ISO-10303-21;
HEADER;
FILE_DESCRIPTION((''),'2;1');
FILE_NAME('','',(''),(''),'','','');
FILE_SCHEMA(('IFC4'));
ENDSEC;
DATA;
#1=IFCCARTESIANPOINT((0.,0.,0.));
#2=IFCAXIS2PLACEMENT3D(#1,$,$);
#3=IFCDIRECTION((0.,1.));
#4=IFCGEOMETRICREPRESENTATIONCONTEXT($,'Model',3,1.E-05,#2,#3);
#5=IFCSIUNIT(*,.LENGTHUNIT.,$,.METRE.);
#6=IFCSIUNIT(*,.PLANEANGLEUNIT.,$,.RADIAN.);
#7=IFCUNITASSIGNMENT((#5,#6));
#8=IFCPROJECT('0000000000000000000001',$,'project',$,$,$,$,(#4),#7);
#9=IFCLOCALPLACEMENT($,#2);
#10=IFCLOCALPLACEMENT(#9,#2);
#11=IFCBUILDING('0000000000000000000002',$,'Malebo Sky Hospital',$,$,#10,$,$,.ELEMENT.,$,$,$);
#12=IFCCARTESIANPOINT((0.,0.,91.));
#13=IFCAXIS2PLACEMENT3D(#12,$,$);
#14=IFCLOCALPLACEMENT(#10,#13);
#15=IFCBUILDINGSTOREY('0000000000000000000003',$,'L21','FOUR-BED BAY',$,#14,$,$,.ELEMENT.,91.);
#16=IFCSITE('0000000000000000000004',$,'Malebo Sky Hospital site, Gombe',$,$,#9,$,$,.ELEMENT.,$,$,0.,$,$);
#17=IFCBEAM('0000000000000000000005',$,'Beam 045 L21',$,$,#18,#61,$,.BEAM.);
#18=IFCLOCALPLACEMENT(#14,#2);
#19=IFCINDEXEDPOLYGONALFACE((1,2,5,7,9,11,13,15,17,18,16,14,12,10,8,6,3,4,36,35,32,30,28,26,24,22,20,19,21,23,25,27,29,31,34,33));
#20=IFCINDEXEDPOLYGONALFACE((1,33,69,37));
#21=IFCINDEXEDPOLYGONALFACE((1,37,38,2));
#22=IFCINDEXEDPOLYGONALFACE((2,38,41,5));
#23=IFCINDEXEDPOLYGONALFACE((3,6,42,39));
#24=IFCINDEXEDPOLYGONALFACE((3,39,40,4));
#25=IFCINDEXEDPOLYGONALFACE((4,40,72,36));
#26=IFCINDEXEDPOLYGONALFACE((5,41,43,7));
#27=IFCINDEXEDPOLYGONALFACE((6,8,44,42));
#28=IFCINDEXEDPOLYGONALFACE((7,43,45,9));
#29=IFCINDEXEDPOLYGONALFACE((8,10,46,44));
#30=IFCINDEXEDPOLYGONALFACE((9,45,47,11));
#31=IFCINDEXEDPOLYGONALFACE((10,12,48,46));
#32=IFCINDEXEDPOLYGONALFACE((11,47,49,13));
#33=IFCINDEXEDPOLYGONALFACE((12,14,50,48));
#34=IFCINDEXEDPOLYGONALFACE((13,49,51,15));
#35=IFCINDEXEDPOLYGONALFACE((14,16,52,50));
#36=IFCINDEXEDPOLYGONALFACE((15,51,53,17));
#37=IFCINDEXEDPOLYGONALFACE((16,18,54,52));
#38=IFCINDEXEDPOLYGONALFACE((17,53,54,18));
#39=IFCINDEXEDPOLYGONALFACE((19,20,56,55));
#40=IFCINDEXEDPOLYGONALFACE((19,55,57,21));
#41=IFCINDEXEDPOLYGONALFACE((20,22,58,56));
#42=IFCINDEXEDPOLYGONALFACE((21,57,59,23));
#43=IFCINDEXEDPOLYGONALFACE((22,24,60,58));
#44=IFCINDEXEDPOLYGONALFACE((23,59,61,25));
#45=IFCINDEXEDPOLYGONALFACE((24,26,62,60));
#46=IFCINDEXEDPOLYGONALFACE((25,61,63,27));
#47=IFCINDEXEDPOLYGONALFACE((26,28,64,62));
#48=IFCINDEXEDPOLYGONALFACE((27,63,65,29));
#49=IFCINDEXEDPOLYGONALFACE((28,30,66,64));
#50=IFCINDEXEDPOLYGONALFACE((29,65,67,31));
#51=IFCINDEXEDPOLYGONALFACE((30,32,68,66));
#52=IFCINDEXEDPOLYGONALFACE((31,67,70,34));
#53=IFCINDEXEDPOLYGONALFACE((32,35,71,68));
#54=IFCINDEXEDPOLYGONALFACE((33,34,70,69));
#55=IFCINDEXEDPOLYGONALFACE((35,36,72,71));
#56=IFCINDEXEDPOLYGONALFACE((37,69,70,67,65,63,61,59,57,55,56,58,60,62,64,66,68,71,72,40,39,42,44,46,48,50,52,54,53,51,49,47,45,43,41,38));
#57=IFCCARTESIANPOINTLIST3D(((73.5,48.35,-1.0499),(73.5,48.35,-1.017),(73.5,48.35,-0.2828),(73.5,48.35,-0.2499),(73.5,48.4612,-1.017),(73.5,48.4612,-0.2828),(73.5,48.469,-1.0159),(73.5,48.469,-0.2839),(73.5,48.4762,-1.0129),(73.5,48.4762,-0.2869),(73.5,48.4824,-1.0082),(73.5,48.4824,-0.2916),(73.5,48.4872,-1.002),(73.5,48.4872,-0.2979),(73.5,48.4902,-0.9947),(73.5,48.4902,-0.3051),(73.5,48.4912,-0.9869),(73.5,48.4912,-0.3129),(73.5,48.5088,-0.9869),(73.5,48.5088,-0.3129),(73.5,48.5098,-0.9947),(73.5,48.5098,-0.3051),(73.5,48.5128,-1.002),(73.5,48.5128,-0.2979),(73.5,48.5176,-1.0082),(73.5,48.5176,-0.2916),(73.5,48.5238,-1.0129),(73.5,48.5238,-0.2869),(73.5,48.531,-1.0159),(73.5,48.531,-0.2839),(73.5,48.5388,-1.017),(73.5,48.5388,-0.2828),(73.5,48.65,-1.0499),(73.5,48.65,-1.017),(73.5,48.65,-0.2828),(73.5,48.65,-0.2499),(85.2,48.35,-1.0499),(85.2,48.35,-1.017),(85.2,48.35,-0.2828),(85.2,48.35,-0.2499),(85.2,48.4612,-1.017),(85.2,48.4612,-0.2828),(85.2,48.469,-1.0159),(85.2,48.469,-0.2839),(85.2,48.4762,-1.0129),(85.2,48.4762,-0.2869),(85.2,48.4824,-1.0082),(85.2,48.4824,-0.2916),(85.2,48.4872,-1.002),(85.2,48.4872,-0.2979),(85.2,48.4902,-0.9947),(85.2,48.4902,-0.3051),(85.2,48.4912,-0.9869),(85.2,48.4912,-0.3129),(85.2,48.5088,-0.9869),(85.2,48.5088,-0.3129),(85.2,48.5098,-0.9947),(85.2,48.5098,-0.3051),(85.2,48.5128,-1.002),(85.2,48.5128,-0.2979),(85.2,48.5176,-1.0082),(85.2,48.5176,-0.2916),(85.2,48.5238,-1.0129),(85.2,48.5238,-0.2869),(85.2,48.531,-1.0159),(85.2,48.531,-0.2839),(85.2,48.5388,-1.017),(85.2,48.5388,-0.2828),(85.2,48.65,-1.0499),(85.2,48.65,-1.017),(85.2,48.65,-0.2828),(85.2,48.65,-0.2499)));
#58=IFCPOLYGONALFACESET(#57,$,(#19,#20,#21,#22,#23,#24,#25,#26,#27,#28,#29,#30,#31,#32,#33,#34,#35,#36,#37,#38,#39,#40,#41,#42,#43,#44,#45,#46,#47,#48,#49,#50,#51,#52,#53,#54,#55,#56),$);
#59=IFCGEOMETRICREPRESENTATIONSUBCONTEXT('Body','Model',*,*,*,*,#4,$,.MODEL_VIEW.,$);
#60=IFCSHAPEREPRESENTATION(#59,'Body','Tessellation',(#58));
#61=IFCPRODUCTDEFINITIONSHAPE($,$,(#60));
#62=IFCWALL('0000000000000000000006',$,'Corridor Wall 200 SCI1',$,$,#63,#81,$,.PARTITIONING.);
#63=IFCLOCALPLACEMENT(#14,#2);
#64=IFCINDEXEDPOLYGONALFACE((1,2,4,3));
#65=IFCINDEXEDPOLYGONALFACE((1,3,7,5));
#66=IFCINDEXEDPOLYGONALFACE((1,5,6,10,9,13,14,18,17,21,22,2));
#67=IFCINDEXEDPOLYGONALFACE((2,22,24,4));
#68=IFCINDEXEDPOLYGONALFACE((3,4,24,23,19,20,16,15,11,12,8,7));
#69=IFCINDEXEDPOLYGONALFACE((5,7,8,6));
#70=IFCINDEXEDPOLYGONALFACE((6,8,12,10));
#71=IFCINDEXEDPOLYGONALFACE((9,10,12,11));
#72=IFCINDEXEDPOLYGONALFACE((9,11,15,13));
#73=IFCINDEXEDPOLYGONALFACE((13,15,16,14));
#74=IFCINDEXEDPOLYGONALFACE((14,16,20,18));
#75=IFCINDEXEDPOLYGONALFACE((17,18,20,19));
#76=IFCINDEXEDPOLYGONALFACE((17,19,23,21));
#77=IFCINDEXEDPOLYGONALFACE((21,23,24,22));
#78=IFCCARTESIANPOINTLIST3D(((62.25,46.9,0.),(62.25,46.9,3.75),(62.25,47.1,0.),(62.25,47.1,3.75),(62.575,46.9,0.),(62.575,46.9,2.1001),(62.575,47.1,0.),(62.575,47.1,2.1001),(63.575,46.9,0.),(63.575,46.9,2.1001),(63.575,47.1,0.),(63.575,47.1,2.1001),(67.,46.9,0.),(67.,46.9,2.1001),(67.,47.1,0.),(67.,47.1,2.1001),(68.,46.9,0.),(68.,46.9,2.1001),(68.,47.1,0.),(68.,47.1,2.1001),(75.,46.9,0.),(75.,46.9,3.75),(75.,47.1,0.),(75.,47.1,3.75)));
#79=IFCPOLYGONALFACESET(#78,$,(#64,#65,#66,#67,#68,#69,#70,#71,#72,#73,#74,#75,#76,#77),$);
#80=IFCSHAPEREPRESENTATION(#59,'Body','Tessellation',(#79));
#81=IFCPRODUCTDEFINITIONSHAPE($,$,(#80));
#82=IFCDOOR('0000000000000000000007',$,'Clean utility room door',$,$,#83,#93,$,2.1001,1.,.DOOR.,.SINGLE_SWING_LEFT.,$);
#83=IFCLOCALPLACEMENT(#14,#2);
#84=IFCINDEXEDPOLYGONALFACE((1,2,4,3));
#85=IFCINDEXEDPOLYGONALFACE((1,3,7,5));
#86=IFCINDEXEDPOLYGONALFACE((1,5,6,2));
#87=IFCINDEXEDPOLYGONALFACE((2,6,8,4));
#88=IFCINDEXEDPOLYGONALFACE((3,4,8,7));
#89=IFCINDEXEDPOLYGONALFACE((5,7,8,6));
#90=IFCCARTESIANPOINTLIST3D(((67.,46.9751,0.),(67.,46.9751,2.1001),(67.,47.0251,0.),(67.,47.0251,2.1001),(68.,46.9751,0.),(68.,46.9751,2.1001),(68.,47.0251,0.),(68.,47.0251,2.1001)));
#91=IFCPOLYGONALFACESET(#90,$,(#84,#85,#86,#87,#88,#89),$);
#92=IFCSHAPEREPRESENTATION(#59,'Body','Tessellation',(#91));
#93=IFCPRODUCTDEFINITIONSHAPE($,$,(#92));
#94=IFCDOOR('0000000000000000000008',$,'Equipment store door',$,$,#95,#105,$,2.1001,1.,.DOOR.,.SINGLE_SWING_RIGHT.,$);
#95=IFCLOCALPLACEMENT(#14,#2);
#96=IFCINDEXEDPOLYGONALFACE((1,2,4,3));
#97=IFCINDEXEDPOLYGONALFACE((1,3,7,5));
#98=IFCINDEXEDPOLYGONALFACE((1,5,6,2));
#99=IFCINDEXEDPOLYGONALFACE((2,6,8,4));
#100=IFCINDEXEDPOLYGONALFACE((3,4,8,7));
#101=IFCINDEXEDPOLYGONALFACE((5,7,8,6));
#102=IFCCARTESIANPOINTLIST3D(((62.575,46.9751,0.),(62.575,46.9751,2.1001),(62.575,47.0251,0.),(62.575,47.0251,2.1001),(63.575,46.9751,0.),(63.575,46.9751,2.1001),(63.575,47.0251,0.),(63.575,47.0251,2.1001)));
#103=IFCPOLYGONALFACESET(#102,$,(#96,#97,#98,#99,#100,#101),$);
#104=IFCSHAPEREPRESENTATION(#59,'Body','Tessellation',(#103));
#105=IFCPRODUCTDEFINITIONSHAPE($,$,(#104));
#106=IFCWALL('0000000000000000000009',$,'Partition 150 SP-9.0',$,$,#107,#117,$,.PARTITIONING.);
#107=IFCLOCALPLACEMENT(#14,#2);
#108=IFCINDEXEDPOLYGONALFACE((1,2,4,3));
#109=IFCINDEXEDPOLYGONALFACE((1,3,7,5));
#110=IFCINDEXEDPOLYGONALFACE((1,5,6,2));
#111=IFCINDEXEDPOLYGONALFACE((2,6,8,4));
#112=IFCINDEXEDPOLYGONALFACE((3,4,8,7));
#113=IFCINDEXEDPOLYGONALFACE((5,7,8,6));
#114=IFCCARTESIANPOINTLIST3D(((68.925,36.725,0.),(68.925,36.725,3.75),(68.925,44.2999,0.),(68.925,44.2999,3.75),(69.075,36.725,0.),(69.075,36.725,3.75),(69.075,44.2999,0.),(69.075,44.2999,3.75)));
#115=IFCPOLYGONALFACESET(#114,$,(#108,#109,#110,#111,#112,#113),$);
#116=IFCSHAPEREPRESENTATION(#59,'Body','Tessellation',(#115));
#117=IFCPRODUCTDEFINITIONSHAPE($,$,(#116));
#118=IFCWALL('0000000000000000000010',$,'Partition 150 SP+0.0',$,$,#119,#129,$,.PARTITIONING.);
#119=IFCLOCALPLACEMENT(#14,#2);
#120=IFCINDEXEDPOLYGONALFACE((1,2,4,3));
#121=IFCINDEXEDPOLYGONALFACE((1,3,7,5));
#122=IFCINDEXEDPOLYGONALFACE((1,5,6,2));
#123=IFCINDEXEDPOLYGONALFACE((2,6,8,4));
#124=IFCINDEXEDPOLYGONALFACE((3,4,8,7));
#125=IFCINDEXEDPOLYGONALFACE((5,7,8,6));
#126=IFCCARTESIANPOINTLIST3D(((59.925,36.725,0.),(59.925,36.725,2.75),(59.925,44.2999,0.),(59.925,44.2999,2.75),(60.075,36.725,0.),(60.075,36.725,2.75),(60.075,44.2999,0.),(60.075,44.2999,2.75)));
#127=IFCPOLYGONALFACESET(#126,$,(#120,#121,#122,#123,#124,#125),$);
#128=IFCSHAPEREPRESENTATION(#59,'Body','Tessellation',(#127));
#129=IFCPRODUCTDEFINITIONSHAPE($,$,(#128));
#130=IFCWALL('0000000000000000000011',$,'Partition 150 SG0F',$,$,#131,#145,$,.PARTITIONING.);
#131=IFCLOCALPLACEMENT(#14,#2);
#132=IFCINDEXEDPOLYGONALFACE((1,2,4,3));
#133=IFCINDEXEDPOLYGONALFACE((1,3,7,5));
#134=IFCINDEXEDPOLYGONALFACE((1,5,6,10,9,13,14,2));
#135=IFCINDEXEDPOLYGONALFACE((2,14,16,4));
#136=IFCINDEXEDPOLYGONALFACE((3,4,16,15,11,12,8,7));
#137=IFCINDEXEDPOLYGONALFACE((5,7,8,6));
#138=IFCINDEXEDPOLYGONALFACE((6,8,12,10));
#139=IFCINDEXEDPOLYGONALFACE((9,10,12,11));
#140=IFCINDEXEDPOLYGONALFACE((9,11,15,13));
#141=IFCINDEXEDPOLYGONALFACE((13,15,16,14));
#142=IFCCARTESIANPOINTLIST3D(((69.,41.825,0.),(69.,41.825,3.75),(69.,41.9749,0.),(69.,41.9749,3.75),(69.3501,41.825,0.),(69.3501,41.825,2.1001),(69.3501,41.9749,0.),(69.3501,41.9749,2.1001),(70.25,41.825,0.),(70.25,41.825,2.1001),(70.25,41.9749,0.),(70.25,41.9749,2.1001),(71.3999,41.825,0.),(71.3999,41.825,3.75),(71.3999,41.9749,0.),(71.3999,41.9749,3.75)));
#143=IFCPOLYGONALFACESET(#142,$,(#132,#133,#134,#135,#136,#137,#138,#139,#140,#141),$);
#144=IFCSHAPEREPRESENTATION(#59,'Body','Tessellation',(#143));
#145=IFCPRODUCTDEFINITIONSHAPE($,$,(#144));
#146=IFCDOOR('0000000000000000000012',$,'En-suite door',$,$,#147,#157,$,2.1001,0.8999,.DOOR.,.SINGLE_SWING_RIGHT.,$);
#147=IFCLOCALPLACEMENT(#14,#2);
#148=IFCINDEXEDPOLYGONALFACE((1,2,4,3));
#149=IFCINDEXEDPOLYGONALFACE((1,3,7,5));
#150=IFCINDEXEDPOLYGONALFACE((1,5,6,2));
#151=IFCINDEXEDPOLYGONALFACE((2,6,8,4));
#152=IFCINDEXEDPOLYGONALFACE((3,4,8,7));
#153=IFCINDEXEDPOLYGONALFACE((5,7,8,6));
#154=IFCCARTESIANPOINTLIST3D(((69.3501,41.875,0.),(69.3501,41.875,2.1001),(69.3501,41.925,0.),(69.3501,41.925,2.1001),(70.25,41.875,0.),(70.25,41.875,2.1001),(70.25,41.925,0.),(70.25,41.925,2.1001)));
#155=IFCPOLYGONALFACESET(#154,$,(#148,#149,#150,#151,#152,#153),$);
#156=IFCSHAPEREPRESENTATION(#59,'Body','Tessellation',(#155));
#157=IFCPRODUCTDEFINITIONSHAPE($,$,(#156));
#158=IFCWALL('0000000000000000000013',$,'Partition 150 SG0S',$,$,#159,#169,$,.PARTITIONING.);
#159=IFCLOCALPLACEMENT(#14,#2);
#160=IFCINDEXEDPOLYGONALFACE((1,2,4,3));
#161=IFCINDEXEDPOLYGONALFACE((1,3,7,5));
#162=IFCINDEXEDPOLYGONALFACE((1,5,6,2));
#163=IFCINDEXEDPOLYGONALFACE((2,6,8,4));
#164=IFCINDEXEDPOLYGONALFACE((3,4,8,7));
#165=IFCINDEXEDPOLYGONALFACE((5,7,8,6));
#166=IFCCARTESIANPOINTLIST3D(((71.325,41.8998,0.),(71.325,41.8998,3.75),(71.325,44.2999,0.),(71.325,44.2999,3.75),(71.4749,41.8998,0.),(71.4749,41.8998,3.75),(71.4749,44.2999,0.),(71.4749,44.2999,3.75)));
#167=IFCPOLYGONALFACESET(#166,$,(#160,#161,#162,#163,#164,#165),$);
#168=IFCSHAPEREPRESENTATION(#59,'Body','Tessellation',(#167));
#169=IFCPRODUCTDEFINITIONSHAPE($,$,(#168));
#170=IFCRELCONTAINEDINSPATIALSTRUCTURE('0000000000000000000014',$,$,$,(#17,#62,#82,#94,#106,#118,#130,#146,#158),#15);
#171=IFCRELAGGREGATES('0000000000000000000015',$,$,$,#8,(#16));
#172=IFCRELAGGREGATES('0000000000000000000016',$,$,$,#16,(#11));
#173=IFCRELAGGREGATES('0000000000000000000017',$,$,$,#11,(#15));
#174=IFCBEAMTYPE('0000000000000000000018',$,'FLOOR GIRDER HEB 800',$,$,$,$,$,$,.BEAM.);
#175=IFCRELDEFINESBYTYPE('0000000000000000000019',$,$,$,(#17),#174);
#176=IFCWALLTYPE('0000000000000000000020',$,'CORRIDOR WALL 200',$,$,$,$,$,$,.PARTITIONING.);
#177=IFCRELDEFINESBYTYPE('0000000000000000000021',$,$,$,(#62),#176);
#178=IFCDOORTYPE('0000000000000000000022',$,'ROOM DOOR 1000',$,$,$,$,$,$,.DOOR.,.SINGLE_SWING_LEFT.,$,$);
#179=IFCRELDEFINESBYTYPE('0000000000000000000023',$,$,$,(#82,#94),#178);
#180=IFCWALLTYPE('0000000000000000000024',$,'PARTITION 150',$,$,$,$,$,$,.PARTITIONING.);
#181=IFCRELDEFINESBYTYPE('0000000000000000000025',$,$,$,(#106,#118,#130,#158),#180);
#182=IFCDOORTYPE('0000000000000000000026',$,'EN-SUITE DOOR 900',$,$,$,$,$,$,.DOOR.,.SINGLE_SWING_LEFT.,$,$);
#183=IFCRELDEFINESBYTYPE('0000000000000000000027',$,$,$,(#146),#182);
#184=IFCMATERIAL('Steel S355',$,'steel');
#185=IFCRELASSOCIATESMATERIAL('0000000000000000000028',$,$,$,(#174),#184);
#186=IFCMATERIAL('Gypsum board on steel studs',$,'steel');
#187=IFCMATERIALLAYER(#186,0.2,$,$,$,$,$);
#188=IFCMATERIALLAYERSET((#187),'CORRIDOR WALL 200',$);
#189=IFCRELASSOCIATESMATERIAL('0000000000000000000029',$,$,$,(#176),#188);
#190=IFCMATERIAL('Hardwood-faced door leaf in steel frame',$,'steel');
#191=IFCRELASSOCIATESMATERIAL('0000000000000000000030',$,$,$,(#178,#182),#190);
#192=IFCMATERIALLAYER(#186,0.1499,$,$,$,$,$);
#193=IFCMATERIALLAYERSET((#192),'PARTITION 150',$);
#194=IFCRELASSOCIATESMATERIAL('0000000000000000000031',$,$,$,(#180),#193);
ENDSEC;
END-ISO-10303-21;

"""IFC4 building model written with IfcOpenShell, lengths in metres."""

from ifc_helpers import new_model, si_unit, direction, frame, frame_2d, origin, origin_2d, place, context, subcontext, project, spatial, rectangle, i_section, extrude, material, layer, layer_set, material_profile, profile_set, type_object, element, fill, save


model = new_model("IFC4")

# Units and contexts
model_context = context("Model", 3, precision=1e-05, world=origin(), true_north=direction((0.0, 1.0)))
body_context = subcontext(model_context, "Body", "Model", "MODEL_VIEW")
ifc_project = project(units=[si_unit("LENGTHUNIT", "METRE"), si_unit("PLANEANGLEUNIT", "RADIAN")], contexts=[model_context])

# Site, building, storey
site_placement = place(None, origin())
site = spatial("IfcSite", under=ifc_project, at=site_placement, Name="Malebo Sky Hospital site, Gombe", CompositionType="ELEMENT", RefElevation=0.0)
building_placement = place(site_placement, origin())
building = spatial("IfcBuilding", under=site, at=building_placement, Name="Malebo Sky Hospital", CompositionType="ELEMENT")
storey_placement = place(building_placement, frame((0.0, 0.0, 91.0)))
storey = spatial("IfcBuildingStorey", under=building, at=storey_placement, Name="L21", Description="FOUR-BED BAY", CompositionType="ELEMENT", Elevation=91.0)

# Beam
ifc_material_1 = material(Name="Steel S355", Category="steel")
ifc_material_profile_1 = material_profile(ifc_material_1, i_section(OverallWidth=0.3, OverallDepth=0.8, WebThickness=0.0176, FlangeThickness=0.033, FilletRadius=0.03, at=origin_2d()), Name="HEB 800")
ifc_profile_set_1 = profile_set([ifc_material_profile_1], Name="Steel S355")
beam_type_1 = type_object("IfcBeamType", Name="FLOOR GIRDER HEB 800", PredefinedType="BEAM", material=ifc_profile_set_1)
beam_1_placement = place(storey_placement, frame((73.5, 48.5, -0.6499), z_axis=(1.0, 0.0, 0.0), x_axis=(0.0, 1.0, 0.0)))
element("IfcBeam", 1, at=beam_1_placement, inside=storey, type_object=beam_type_1, Name="Beam 045 L21", PredefinedType="BEAM", context=body_context, shape_type="SweptSolid", body=[
    extrude(i_section(OverallWidth=0.3, OverallDepth=0.8, WebThickness=0.0176, FlangeThickness=0.033, FilletRadius=0.03, at=origin_2d()), origin(), (0.0, 0.0, 1.0), 11.7),
])

# Wall, openings, doors
ifc_material_2 = material(Name="Gypsum board on steel studs", Category="steel")
ifc_layer_1 = layer(ifc_material_2, 0.2)
ifc_layer_set_1 = layer_set([ifc_layer_1], Name="CORRIDOR WALL 200")
wall_type_1 = type_object("IfcWallType", Name="CORRIDOR WALL 200", PredefinedType="PARTITIONING", material=ifc_layer_set_1)
wall_1_placement = place(storey_placement, frame((75.0, 47.0, 0.0), z_axis=(0.0, 0.0, 1.0), x_axis=(-1.0, 0.0, 0.0)))
wall_1 = element("IfcWall", 2, at=wall_1_placement, inside=storey, type_object=wall_type_1, Name="Corridor Wall 200 SCI1", PredefinedType="PARTITIONING", context=body_context, shape_type="SweptSolid", body=[
    extrude(rectangle(XDim=12.75, YDim=0.2, at=frame_2d((6.375, 0.0))), origin(), (0.0, 0.0, 1.0), 3.75),
])
opening_1_placement = place(wall_1_placement, frame((7.0, 0.0, 0.0)))
opening_1 = element("IfcOpeningElement", 3, at=opening_1_placement, cuts=wall_1, PredefinedType="OPENING", context=body_context, shape_type="SweptSolid", body=[
    extrude(rectangle(XDim=1.0, YDim=2.1001, at=frame_2d((0.5, 1.05))), frame((0.0, 0.1099, 0.0), z_axis=(0.0, -1.0, 0.0), x_axis=(1.0, 0.0, 0.0)), (0.0, 0.0, 1.0), 0.22),
])
opening_2_placement = place(wall_1_placement, frame((11.425, 0.0, 0.0)))
opening_2 = element("IfcOpeningElement", 4, at=opening_2_placement, cuts=wall_1, PredefinedType="OPENING", context=body_context, shape_type="SweptSolid", body=[
    extrude(rectangle(XDim=1.0, YDim=2.1001, at=frame_2d((0.5, 1.05))), frame((0.0, 0.1099, 0.0), z_axis=(0.0, -1.0, 0.0), x_axis=(1.0, 0.0, 0.0)), (0.0, 0.0, 1.0), 0.22),
])
ifc_material_3 = material(Name="Hardwood-faced door leaf in steel frame", Category="steel")
door_type_1 = type_object("IfcDoorType", Name="ROOM DOOR 1000", OperationType="SINGLE_SWING_LEFT", PredefinedType="DOOR", material=ifc_material_3)
door_1_placement = place(opening_1_placement, origin())
door_1 = element("IfcDoor", 5, at=door_1_placement, inside=storey, type_object=door_type_1, Name="Clean utility room door", OperationType="SINGLE_SWING_LEFT", OverallHeight=2.1001, OverallWidth=1.0, PredefinedType="DOOR", context=body_context, shape_type="SweptSolid", body=[
    extrude(rectangle(XDim=1.0, YDim=2.1001, at=frame_2d((0.5, 1.05))), frame((0.0, 0.0249, 0.0), z_axis=(0.0, -1.0, 0.0), x_axis=(1.0, 0.0, 0.0)), (0.0, 0.0, 1.0), 0.05),
])
fill(opening_1, door_1)
door_2_placement = place(opening_2_placement, origin())
door_2 = element("IfcDoor", 6, at=door_2_placement, inside=storey, type_object=door_type_1, Name="Equipment store door", OperationType="SINGLE_SWING_RIGHT", OverallHeight=2.1001, OverallWidth=1.0, PredefinedType="DOOR", context=body_context, shape_type="SweptSolid", body=[
    extrude(rectangle(XDim=1.0, YDim=2.1001, at=frame_2d((0.5, 1.05))), frame((0.0, 0.0249, 0.0), z_axis=(0.0, -1.0, 0.0), x_axis=(1.0, 0.0, 0.0)), (0.0, 0.0, 1.0), 0.05),
])
fill(opening_2, door_2)

# Walls
ifc_layer_2 = layer(ifc_material_2, 0.1499)
ifc_layer_set_2 = layer_set([ifc_layer_2], Name="PARTITION 150")
wall_type_2 = type_object("IfcWallType", Name="PARTITION 150", PredefinedType="PARTITIONING", material=ifc_layer_set_2)
wall_2_placement = place(storey_placement, frame((69.0, 44.3, 0.0), z_axis=(0.0, 0.0, 1.0), x_axis=(0.0, -1.0, 0.0)))
element("IfcWall", 7, at=wall_2_placement, inside=storey, type_object=wall_type_2, Name="Partition 150 SP-9.0", PredefinedType="PARTITIONING", context=body_context, shape_type="SweptSolid", body=[
    extrude(rectangle(XDim=7.575, YDim=0.1499, at=frame_2d((3.7876, 0.0))), origin(), (0.0, 0.0, 1.0), 3.75),
])
wall_3_placement = place(storey_placement, frame((60.0, 44.3, 0.0), z_axis=(0.0, 0.0, 1.0), x_axis=(0.0, -1.0, 0.0)))
element("IfcWall", 8, at=wall_3_placement, inside=storey, type_object=wall_type_2, Name="Partition 150 SP+0.0", PredefinedType="PARTITIONING", context=body_context, shape_type="SweptSolid", body=[
    extrude(rectangle(XDim=7.575, YDim=0.1499, at=frame_2d((3.7876, 0.0))), origin(), (0.0, 0.0, 1.0), 2.75),
])

# Wall, opening, door
wall_4_placement = place(storey_placement, frame((71.3999, 41.8999, 0.0), z_axis=(0.0, 0.0, 1.0), x_axis=(-1.0, 0.0, 0.0)))
wall_4 = element("IfcWall", 9, at=wall_4_placement, inside=storey, type_object=wall_type_2, Name="Partition 150 SG0F", PredefinedType="PARTITIONING", context=body_context, shape_type="SweptSolid", body=[
    extrude(rectangle(XDim=2.3999, YDim=0.1499, at=frame_2d((1.2, 0.0))), origin(), (0.0, 0.0, 1.0), 3.75),
])
opening_3_placement = place(wall_4_placement, frame((1.1499, 0.0, 0.0)))
opening_3 = element("IfcOpeningElement", 10, at=opening_3_placement, cuts=wall_4, PredefinedType="OPENING", context=body_context, shape_type="SweptSolid", body=[
    extrude(rectangle(XDim=0.8999, YDim=2.1001, at=frame_2d((0.45, 1.05))), frame((0.0, 0.085, 0.0), z_axis=(0.0, -1.0, 0.0), x_axis=(1.0, 0.0, 0.0)), (0.0, 0.0, 1.0), 0.1699),
])
door_type_2 = type_object("IfcDoorType", Name="EN-SUITE DOOR 900", OperationType="SINGLE_SWING_LEFT", PredefinedType="DOOR", material=ifc_material_3)
door_3_placement = place(opening_3_placement, origin())
door_3 = element("IfcDoor", 11, at=door_3_placement, inside=storey, type_object=door_type_2, Name="En-suite door", OperationType="SINGLE_SWING_RIGHT", OverallHeight=2.1001, OverallWidth=0.8999, PredefinedType="DOOR", context=body_context, shape_type="SweptSolid", body=[
    extrude(rectangle(XDim=0.8999, YDim=2.1001, at=frame_2d((0.45, 1.05))), frame((0.0, 0.0249, 0.0), z_axis=(0.0, -1.0, 0.0), x_axis=(1.0, 0.0, 0.0)), (0.0, 0.0, 1.0), 0.05),
])
fill(opening_3, door_3)

# Wall
wall_5_placement = place(storey_placement, frame((71.3999, 44.3, 0.0), z_axis=(0.0, 0.0, 1.0), x_axis=(0.0, -1.0, 0.0)))
element("IfcWall", 12, at=wall_5_placement, inside=storey, type_object=wall_type_2, Name="Partition 150 SG0S", PredefinedType="PARTITIONING", context=body_context, shape_type="SweptSolid", body=[
    extrude(rectangle(XDim=2.4001, YDim=0.1499, at=frame_2d((1.2002, 0.0))), origin(), (0.0, 0.0, 1.0), 3.75),
])

save(model, "model.ifc")
